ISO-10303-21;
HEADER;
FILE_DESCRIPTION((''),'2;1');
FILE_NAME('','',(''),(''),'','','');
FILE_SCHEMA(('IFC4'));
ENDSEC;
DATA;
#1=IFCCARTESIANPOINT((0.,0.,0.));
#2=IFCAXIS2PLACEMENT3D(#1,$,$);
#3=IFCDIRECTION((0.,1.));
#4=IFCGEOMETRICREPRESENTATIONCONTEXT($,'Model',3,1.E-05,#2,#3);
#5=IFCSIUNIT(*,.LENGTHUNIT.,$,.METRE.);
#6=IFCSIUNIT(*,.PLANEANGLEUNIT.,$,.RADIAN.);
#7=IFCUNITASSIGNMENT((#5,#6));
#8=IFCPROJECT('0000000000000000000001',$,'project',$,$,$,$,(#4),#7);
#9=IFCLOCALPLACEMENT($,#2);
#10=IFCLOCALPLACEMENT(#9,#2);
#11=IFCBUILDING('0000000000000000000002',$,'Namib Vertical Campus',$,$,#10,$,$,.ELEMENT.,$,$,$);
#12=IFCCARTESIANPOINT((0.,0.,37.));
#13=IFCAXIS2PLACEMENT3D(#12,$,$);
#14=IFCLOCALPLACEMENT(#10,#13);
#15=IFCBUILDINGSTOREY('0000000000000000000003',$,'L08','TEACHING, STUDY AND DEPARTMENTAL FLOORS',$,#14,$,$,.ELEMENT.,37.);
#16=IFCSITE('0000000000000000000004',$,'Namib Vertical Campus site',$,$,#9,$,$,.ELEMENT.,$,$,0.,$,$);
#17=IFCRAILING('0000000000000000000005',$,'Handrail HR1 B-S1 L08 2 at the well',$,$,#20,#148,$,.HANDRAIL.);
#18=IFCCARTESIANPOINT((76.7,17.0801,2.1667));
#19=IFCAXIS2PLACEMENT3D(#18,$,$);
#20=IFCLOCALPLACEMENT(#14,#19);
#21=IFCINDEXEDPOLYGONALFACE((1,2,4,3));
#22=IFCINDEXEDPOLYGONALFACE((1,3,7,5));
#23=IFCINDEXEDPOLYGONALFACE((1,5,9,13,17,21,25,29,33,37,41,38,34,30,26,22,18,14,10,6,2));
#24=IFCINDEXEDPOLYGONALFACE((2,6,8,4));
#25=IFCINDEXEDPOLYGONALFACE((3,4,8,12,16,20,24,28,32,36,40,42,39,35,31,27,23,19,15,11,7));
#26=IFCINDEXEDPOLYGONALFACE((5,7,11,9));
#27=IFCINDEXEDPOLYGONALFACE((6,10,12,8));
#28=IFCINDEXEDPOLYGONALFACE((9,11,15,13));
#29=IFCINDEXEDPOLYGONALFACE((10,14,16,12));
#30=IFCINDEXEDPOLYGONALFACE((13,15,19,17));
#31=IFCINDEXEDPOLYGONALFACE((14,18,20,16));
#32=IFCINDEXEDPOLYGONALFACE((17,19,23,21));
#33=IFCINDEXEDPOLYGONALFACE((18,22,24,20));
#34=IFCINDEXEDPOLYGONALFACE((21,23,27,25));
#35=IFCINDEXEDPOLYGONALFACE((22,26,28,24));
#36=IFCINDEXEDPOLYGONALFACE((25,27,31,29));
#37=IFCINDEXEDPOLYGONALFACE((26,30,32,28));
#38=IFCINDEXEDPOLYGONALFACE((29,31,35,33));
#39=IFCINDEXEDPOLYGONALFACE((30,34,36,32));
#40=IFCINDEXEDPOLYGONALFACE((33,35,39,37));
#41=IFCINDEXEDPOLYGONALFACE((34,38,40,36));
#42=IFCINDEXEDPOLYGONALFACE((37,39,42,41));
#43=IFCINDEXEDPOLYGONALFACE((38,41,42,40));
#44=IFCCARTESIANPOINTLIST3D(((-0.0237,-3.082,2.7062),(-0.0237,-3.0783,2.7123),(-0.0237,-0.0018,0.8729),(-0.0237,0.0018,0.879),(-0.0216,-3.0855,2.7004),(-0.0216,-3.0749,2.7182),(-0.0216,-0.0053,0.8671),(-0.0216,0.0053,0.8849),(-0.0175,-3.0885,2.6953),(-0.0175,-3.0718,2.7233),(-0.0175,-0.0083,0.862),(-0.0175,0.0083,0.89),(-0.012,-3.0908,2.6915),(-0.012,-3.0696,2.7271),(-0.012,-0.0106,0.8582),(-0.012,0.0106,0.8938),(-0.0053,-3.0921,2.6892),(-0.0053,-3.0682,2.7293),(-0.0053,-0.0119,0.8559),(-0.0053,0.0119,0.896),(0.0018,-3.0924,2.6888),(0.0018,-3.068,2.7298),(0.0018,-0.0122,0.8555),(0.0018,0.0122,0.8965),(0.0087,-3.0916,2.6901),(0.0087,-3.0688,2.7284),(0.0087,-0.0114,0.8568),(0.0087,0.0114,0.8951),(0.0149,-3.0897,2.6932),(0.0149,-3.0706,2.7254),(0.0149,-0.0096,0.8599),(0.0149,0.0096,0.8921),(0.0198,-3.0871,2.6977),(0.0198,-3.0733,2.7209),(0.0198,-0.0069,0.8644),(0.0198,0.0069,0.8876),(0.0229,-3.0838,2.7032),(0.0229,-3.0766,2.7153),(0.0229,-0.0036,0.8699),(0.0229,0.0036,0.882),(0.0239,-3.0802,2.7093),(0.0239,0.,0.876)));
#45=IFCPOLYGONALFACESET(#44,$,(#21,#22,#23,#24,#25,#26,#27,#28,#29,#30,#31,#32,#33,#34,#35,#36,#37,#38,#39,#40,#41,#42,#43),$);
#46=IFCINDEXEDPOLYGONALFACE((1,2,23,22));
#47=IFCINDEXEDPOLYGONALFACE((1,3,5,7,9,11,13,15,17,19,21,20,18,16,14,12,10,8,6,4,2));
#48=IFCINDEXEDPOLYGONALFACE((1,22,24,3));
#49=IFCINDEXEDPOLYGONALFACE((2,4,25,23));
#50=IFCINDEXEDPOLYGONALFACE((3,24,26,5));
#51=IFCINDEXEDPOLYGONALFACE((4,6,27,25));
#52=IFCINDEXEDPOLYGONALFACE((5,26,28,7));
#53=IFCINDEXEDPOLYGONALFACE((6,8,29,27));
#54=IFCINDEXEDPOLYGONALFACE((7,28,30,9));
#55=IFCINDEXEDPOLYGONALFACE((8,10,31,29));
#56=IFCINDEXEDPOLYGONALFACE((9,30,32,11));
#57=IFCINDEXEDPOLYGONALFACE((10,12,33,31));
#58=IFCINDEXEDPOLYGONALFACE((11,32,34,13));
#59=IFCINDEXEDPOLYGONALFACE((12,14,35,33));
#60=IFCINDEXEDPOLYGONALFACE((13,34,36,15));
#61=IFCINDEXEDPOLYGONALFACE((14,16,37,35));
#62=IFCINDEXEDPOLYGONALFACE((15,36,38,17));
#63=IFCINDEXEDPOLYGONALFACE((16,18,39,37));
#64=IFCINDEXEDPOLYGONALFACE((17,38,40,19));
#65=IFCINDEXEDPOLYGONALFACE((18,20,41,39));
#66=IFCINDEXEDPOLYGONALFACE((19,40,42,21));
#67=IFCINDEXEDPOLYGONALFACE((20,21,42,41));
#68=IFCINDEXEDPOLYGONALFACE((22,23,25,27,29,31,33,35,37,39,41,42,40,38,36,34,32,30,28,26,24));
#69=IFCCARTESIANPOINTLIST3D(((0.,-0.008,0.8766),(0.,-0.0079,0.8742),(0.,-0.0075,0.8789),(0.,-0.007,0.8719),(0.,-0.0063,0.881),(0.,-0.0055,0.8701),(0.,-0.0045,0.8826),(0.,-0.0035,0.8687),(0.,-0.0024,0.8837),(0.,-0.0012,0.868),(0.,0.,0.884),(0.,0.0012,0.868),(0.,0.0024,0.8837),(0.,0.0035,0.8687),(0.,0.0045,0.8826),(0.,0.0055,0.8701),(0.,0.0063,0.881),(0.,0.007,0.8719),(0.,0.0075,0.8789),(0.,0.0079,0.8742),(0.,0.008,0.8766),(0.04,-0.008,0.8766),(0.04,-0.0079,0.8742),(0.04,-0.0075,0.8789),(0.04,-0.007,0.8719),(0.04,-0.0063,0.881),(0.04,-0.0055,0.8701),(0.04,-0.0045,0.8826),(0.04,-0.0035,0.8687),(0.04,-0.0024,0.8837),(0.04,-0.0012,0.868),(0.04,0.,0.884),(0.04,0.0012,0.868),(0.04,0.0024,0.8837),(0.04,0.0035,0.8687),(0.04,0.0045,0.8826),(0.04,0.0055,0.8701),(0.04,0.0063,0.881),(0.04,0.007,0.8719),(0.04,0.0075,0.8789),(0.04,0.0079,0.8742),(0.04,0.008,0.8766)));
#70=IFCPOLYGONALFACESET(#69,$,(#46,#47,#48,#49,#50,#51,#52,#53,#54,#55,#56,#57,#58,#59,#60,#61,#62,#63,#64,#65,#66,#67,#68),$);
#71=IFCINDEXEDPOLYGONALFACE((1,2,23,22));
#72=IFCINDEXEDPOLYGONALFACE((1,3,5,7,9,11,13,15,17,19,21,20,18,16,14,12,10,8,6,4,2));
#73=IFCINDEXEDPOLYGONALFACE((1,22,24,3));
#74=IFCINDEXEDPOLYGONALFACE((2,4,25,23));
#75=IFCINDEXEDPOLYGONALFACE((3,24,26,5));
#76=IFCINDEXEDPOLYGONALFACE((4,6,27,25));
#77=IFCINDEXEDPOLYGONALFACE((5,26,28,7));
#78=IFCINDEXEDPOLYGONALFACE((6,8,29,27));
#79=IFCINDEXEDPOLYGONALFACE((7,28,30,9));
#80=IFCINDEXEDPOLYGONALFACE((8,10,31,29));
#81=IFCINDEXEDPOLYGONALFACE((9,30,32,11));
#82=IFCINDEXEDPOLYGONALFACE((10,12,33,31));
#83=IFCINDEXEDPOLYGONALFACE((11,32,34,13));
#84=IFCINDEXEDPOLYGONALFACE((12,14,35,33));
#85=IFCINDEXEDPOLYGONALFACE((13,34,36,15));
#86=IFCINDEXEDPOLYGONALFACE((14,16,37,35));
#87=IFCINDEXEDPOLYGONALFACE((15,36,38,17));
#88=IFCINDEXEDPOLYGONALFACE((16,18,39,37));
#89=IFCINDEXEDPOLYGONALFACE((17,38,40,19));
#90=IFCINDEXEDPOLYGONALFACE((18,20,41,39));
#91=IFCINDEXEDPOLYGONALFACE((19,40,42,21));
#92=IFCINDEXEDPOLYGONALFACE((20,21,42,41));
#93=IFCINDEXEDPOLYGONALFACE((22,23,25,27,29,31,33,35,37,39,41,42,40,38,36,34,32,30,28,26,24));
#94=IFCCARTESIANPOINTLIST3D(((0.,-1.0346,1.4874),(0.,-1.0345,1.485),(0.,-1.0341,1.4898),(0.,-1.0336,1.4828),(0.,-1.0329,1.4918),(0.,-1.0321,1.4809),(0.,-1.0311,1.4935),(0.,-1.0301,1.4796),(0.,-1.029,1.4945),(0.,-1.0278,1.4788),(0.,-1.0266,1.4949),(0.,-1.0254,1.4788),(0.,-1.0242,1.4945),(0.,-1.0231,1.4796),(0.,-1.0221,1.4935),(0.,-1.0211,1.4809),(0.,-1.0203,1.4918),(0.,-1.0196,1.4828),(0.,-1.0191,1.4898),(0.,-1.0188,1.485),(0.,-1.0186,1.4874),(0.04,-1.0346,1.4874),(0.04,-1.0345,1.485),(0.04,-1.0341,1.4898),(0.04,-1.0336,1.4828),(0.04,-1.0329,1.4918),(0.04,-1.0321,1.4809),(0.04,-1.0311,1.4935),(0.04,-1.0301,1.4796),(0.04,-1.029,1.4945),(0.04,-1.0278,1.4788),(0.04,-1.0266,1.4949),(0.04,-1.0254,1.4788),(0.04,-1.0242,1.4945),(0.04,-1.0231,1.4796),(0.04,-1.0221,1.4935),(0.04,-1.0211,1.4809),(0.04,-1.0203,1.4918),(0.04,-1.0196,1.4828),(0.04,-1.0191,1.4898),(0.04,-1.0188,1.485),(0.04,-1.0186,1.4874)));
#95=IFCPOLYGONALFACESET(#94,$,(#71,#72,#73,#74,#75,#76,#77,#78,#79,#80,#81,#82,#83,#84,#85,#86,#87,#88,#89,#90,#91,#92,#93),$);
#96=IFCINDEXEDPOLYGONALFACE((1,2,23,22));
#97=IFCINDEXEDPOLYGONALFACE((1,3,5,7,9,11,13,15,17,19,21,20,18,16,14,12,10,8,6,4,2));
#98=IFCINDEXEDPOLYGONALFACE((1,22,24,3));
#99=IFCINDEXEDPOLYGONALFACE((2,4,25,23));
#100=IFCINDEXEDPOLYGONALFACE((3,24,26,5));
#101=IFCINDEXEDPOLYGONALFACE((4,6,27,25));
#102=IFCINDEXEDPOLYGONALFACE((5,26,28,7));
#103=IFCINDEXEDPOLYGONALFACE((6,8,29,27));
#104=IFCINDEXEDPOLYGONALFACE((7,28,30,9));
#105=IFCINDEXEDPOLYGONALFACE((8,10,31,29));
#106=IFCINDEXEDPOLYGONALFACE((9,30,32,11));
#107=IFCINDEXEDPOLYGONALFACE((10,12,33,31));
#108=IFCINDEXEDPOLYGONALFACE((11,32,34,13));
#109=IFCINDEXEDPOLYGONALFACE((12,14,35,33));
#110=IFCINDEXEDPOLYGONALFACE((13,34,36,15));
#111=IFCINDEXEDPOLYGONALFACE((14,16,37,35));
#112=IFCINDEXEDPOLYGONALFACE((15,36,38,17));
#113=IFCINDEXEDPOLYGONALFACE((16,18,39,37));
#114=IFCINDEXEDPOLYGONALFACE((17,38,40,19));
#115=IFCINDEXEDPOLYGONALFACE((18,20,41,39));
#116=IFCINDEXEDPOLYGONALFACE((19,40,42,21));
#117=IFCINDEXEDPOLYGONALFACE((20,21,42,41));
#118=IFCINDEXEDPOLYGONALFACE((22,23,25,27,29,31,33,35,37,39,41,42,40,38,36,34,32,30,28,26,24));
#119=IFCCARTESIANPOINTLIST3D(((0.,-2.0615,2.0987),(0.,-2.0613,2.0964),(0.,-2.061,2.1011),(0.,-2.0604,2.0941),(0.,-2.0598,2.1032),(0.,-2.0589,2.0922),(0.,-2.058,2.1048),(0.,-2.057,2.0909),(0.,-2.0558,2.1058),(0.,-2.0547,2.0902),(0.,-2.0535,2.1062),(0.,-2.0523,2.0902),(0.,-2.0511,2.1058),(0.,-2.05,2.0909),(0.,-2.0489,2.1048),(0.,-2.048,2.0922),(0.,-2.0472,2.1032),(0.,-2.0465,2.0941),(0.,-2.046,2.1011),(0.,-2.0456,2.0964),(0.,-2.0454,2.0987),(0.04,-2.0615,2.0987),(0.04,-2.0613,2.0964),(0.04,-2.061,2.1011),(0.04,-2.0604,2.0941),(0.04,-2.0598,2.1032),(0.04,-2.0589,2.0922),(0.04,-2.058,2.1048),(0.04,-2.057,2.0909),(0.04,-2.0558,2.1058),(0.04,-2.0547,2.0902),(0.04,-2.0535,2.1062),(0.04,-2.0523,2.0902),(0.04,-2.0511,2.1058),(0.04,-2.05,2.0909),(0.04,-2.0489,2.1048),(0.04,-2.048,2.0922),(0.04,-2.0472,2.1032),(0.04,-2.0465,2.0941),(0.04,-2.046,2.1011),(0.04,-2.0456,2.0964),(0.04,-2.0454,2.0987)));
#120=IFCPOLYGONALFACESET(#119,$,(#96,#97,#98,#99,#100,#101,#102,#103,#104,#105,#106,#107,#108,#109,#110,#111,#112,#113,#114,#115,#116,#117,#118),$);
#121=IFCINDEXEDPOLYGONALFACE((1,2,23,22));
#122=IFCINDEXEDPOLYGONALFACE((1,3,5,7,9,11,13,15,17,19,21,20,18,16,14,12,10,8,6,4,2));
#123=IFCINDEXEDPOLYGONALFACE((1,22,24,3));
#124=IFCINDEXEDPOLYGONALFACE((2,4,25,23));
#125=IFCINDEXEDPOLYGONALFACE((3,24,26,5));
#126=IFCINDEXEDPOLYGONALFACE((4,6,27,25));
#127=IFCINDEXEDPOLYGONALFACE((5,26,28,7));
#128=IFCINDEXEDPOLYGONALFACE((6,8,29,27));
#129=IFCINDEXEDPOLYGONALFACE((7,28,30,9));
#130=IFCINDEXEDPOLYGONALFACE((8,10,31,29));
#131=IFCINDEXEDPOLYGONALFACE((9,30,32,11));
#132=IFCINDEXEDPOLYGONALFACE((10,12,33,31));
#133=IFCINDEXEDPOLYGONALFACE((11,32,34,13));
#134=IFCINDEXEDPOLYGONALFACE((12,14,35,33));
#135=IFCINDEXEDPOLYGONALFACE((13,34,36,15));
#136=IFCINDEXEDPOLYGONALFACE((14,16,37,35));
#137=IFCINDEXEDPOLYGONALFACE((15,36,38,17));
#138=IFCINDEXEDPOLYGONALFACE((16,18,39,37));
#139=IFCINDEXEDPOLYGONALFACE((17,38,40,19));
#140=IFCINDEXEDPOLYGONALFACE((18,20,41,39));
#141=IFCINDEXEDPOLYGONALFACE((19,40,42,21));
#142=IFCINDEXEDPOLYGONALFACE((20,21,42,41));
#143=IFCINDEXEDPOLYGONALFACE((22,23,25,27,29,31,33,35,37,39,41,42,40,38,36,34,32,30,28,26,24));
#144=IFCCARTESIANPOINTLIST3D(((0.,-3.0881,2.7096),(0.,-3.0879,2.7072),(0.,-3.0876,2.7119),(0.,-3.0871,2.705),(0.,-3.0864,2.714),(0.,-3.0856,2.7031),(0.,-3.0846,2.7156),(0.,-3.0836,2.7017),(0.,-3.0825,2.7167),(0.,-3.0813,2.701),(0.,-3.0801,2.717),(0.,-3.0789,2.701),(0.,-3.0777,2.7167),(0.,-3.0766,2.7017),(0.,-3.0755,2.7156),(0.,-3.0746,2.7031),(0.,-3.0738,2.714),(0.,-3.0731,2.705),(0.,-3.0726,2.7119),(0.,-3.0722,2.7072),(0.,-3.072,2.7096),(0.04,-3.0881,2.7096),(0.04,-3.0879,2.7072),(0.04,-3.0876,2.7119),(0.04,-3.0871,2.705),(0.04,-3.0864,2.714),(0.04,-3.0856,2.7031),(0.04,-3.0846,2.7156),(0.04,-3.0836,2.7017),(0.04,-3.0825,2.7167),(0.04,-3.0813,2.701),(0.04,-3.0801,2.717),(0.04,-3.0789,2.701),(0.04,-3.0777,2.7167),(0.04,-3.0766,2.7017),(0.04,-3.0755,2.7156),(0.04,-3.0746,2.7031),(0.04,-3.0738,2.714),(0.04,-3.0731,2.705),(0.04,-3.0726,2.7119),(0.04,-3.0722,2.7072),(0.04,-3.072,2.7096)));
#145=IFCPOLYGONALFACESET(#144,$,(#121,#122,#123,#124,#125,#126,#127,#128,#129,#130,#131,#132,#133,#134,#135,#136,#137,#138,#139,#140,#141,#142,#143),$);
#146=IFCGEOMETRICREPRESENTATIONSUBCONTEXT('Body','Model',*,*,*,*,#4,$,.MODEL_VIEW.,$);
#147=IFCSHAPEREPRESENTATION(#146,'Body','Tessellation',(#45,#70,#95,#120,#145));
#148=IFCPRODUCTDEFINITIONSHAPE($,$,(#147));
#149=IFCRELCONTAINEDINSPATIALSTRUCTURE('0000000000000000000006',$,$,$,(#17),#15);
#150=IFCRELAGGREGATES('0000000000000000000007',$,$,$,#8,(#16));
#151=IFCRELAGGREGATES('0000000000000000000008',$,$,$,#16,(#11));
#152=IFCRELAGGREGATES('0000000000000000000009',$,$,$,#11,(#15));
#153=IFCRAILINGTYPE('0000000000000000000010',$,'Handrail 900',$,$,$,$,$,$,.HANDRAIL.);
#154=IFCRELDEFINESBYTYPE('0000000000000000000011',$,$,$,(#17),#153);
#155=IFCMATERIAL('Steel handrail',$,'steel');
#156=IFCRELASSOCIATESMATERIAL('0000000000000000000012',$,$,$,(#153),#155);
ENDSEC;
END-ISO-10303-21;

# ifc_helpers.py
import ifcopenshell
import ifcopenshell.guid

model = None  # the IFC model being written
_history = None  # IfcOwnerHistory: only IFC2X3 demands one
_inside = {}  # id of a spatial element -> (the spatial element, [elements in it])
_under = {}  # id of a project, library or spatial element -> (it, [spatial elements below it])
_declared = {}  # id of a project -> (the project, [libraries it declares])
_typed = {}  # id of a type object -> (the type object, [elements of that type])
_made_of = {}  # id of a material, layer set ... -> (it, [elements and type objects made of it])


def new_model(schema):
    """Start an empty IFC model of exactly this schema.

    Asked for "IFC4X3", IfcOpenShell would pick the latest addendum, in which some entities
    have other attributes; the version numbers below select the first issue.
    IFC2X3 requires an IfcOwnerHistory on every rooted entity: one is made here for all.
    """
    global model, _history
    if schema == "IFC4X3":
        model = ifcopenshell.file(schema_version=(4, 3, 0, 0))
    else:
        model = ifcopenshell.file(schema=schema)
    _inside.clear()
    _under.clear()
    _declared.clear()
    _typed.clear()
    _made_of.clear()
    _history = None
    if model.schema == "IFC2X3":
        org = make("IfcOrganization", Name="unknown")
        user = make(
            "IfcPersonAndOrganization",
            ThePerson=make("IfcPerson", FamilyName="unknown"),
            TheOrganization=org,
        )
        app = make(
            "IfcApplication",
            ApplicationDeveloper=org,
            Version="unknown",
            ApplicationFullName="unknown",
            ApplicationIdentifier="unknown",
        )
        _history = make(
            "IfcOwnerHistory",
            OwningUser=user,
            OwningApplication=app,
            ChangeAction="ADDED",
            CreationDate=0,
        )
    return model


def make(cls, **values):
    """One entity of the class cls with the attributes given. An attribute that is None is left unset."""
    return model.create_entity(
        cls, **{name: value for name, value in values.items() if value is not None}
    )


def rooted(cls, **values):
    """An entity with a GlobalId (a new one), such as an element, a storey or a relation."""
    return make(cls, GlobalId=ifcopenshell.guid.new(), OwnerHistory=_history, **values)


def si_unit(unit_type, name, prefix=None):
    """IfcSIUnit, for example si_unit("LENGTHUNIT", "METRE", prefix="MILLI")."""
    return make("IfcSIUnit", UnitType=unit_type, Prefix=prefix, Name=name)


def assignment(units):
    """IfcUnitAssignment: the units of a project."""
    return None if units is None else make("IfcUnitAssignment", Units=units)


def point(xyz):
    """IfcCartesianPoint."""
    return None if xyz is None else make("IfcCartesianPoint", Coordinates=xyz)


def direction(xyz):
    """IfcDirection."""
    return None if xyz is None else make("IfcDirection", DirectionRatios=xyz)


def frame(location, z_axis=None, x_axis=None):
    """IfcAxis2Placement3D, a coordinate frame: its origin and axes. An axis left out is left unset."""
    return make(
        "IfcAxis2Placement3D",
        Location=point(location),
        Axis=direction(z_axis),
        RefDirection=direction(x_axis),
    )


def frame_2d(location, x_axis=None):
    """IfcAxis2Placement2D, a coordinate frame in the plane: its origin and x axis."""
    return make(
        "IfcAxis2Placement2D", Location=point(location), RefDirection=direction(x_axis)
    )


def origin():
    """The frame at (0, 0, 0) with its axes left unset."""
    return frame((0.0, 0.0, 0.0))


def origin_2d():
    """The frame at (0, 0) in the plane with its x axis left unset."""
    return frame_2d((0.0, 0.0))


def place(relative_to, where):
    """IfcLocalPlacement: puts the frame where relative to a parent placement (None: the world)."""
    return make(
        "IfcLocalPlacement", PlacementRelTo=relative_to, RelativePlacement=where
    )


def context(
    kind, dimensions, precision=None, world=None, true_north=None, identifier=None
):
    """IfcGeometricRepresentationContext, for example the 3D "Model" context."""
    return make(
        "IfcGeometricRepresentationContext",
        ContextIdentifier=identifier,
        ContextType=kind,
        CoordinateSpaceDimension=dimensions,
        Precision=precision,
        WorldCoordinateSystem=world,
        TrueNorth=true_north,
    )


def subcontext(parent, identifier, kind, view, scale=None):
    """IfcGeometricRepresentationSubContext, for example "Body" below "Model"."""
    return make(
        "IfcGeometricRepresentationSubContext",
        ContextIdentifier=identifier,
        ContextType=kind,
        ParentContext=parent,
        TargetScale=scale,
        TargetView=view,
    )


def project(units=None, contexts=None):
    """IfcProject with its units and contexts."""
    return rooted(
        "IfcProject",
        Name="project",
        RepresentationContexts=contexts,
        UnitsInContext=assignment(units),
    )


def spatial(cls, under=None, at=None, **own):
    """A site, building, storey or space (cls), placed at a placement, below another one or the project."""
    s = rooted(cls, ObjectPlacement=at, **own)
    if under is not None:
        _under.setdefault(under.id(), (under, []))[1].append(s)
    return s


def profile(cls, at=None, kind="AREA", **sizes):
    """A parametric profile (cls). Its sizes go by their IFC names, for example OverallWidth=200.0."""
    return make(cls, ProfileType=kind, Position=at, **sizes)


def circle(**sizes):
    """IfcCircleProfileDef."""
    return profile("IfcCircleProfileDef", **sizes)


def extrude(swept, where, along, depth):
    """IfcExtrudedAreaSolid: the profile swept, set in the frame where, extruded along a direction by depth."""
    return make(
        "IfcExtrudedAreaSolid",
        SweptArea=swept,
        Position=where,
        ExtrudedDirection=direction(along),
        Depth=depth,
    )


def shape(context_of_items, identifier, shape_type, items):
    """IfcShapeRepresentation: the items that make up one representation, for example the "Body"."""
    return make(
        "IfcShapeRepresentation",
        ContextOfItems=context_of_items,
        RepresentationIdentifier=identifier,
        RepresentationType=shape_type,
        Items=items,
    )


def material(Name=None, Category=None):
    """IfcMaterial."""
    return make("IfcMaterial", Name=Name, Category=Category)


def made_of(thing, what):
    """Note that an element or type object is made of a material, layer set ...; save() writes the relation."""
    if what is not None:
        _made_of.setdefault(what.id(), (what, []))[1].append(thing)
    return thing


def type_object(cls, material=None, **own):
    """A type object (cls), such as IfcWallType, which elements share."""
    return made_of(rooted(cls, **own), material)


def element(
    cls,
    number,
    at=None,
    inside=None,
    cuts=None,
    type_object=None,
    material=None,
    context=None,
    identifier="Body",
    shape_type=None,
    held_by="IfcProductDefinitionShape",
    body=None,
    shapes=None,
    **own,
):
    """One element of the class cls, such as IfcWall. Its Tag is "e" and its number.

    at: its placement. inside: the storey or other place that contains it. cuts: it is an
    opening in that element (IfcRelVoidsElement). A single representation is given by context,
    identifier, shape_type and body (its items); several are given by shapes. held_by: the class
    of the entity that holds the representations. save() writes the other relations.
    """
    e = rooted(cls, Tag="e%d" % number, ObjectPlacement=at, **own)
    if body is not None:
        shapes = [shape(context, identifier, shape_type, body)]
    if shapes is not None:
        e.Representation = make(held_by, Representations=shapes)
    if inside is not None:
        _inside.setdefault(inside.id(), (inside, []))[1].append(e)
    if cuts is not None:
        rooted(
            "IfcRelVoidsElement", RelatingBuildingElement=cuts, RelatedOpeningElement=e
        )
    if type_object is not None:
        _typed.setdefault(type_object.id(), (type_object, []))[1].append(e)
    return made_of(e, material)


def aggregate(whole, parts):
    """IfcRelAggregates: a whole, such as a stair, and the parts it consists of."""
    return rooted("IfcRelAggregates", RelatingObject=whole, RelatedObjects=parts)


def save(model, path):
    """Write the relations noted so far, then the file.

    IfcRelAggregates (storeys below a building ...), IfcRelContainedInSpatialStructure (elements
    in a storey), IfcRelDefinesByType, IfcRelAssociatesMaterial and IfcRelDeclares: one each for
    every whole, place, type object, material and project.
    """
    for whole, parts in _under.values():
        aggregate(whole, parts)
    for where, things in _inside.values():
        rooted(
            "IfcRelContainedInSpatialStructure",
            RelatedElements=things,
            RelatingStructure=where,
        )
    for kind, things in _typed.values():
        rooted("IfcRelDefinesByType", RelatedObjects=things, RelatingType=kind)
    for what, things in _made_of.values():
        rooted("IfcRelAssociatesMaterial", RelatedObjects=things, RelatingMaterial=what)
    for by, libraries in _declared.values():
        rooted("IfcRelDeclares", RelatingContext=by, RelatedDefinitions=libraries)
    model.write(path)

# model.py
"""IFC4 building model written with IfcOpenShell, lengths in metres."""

from ifc_helpers import new_model, si_unit, direction, frame, origin, origin_2d, place, context, subcontext, project, spatial, circle, extrude, material, type_object, element, save


model = new_model("IFC4")

# Units and contexts
model_context = context("Model", 3, precision=1e-05, world=origin(), true_north=direction((0.0, 1.0)))
body_context = subcontext(model_context, "Body", "Model", "MODEL_VIEW")
ifc_project = project(units=[si_unit("LENGTHUNIT", "METRE"), si_unit("PLANEANGLEUNIT", "RADIAN")], contexts=[model_context])

# Site, building, storey
site_placement = place(None, origin())
site = spatial("IfcSite", under=ifc_project, at=site_placement, Name="Namib Vertical Campus site", CompositionType="ELEMENT", RefElevation=0.0)
building_placement = place(site_placement, origin())
building = spatial("IfcBuilding", under=site, at=building_placement, Name="Namib Vertical Campus", CompositionType="ELEMENT")
storey_placement = place(building_placement, frame((0.0, 0.0, 37.0)))
storey = spatial("IfcBuildingStorey", under=building, at=storey_placement, Name="L08", Description="TEACHING, STUDY AND DEPARTMENTAL FLOORS", CompositionType="ELEMENT", Elevation=37.0)

# Railing
ifc_material_1 = material(Name="Steel handrail", Category="steel")
railing_type_1 = type_object("IfcRailingType", Name="Handrail 900", PredefinedType="HANDRAIL", material=ifc_material_1)
railing_1_placement = place(storey_placement, frame((76.7, 17.0801, 2.1667)))
element("IfcRailing", 1, at=railing_1_placement, inside=storey, type_object=railing_type_1, Name="Handrail HR1 B-S1 L08 2 at the well", PredefinedType="HANDRAIL", context=body_context, shape_type="SweptSolid", body=[
    extrude(circle(Radius=0.0239, at=origin_2d()), frame((0.0, 0.0, 0.876), z_axis=(0.0, -0.859309, 0.511458), x_axis=(1.0, 0.0, 0.0)), (0.0, 0.0, 1.0), 3.5845),
    extrude(circle(Radius=0.0081, at=origin_2d()), frame((0.0, 0.0, 0.876), z_axis=(1.0, 0.0, 0.0), x_axis=(0.0, 0.0, 1.0)), (0.0, 0.0, 1.0), 0.04),
    extrude(circle(Radius=0.0081, at=origin_2d()), frame((0.0, -1.0266, 1.4868), z_axis=(1.0, 0.0, 0.0), x_axis=(0.0, 0.0, 1.0)), (0.0, 0.0, 1.0), 0.04),
    extrude(circle(Radius=0.0081, at=origin_2d()), frame((0.0, -2.0535, 2.0981), z_axis=(1.0, 0.0, 0.0), x_axis=(0.0, 0.0, 1.0)), (0.0, 0.0, 1.0), 0.04),
    extrude(circle(Radius=0.0081, at=origin_2d()), frame((0.0, -3.0801, 2.709), z_axis=(1.0, 0.0, 0.0), x_axis=(0.0, 0.0, 1.0)), (0.0, 0.0, 1.0), 0.04),
])

save(model, "model.ifc")
